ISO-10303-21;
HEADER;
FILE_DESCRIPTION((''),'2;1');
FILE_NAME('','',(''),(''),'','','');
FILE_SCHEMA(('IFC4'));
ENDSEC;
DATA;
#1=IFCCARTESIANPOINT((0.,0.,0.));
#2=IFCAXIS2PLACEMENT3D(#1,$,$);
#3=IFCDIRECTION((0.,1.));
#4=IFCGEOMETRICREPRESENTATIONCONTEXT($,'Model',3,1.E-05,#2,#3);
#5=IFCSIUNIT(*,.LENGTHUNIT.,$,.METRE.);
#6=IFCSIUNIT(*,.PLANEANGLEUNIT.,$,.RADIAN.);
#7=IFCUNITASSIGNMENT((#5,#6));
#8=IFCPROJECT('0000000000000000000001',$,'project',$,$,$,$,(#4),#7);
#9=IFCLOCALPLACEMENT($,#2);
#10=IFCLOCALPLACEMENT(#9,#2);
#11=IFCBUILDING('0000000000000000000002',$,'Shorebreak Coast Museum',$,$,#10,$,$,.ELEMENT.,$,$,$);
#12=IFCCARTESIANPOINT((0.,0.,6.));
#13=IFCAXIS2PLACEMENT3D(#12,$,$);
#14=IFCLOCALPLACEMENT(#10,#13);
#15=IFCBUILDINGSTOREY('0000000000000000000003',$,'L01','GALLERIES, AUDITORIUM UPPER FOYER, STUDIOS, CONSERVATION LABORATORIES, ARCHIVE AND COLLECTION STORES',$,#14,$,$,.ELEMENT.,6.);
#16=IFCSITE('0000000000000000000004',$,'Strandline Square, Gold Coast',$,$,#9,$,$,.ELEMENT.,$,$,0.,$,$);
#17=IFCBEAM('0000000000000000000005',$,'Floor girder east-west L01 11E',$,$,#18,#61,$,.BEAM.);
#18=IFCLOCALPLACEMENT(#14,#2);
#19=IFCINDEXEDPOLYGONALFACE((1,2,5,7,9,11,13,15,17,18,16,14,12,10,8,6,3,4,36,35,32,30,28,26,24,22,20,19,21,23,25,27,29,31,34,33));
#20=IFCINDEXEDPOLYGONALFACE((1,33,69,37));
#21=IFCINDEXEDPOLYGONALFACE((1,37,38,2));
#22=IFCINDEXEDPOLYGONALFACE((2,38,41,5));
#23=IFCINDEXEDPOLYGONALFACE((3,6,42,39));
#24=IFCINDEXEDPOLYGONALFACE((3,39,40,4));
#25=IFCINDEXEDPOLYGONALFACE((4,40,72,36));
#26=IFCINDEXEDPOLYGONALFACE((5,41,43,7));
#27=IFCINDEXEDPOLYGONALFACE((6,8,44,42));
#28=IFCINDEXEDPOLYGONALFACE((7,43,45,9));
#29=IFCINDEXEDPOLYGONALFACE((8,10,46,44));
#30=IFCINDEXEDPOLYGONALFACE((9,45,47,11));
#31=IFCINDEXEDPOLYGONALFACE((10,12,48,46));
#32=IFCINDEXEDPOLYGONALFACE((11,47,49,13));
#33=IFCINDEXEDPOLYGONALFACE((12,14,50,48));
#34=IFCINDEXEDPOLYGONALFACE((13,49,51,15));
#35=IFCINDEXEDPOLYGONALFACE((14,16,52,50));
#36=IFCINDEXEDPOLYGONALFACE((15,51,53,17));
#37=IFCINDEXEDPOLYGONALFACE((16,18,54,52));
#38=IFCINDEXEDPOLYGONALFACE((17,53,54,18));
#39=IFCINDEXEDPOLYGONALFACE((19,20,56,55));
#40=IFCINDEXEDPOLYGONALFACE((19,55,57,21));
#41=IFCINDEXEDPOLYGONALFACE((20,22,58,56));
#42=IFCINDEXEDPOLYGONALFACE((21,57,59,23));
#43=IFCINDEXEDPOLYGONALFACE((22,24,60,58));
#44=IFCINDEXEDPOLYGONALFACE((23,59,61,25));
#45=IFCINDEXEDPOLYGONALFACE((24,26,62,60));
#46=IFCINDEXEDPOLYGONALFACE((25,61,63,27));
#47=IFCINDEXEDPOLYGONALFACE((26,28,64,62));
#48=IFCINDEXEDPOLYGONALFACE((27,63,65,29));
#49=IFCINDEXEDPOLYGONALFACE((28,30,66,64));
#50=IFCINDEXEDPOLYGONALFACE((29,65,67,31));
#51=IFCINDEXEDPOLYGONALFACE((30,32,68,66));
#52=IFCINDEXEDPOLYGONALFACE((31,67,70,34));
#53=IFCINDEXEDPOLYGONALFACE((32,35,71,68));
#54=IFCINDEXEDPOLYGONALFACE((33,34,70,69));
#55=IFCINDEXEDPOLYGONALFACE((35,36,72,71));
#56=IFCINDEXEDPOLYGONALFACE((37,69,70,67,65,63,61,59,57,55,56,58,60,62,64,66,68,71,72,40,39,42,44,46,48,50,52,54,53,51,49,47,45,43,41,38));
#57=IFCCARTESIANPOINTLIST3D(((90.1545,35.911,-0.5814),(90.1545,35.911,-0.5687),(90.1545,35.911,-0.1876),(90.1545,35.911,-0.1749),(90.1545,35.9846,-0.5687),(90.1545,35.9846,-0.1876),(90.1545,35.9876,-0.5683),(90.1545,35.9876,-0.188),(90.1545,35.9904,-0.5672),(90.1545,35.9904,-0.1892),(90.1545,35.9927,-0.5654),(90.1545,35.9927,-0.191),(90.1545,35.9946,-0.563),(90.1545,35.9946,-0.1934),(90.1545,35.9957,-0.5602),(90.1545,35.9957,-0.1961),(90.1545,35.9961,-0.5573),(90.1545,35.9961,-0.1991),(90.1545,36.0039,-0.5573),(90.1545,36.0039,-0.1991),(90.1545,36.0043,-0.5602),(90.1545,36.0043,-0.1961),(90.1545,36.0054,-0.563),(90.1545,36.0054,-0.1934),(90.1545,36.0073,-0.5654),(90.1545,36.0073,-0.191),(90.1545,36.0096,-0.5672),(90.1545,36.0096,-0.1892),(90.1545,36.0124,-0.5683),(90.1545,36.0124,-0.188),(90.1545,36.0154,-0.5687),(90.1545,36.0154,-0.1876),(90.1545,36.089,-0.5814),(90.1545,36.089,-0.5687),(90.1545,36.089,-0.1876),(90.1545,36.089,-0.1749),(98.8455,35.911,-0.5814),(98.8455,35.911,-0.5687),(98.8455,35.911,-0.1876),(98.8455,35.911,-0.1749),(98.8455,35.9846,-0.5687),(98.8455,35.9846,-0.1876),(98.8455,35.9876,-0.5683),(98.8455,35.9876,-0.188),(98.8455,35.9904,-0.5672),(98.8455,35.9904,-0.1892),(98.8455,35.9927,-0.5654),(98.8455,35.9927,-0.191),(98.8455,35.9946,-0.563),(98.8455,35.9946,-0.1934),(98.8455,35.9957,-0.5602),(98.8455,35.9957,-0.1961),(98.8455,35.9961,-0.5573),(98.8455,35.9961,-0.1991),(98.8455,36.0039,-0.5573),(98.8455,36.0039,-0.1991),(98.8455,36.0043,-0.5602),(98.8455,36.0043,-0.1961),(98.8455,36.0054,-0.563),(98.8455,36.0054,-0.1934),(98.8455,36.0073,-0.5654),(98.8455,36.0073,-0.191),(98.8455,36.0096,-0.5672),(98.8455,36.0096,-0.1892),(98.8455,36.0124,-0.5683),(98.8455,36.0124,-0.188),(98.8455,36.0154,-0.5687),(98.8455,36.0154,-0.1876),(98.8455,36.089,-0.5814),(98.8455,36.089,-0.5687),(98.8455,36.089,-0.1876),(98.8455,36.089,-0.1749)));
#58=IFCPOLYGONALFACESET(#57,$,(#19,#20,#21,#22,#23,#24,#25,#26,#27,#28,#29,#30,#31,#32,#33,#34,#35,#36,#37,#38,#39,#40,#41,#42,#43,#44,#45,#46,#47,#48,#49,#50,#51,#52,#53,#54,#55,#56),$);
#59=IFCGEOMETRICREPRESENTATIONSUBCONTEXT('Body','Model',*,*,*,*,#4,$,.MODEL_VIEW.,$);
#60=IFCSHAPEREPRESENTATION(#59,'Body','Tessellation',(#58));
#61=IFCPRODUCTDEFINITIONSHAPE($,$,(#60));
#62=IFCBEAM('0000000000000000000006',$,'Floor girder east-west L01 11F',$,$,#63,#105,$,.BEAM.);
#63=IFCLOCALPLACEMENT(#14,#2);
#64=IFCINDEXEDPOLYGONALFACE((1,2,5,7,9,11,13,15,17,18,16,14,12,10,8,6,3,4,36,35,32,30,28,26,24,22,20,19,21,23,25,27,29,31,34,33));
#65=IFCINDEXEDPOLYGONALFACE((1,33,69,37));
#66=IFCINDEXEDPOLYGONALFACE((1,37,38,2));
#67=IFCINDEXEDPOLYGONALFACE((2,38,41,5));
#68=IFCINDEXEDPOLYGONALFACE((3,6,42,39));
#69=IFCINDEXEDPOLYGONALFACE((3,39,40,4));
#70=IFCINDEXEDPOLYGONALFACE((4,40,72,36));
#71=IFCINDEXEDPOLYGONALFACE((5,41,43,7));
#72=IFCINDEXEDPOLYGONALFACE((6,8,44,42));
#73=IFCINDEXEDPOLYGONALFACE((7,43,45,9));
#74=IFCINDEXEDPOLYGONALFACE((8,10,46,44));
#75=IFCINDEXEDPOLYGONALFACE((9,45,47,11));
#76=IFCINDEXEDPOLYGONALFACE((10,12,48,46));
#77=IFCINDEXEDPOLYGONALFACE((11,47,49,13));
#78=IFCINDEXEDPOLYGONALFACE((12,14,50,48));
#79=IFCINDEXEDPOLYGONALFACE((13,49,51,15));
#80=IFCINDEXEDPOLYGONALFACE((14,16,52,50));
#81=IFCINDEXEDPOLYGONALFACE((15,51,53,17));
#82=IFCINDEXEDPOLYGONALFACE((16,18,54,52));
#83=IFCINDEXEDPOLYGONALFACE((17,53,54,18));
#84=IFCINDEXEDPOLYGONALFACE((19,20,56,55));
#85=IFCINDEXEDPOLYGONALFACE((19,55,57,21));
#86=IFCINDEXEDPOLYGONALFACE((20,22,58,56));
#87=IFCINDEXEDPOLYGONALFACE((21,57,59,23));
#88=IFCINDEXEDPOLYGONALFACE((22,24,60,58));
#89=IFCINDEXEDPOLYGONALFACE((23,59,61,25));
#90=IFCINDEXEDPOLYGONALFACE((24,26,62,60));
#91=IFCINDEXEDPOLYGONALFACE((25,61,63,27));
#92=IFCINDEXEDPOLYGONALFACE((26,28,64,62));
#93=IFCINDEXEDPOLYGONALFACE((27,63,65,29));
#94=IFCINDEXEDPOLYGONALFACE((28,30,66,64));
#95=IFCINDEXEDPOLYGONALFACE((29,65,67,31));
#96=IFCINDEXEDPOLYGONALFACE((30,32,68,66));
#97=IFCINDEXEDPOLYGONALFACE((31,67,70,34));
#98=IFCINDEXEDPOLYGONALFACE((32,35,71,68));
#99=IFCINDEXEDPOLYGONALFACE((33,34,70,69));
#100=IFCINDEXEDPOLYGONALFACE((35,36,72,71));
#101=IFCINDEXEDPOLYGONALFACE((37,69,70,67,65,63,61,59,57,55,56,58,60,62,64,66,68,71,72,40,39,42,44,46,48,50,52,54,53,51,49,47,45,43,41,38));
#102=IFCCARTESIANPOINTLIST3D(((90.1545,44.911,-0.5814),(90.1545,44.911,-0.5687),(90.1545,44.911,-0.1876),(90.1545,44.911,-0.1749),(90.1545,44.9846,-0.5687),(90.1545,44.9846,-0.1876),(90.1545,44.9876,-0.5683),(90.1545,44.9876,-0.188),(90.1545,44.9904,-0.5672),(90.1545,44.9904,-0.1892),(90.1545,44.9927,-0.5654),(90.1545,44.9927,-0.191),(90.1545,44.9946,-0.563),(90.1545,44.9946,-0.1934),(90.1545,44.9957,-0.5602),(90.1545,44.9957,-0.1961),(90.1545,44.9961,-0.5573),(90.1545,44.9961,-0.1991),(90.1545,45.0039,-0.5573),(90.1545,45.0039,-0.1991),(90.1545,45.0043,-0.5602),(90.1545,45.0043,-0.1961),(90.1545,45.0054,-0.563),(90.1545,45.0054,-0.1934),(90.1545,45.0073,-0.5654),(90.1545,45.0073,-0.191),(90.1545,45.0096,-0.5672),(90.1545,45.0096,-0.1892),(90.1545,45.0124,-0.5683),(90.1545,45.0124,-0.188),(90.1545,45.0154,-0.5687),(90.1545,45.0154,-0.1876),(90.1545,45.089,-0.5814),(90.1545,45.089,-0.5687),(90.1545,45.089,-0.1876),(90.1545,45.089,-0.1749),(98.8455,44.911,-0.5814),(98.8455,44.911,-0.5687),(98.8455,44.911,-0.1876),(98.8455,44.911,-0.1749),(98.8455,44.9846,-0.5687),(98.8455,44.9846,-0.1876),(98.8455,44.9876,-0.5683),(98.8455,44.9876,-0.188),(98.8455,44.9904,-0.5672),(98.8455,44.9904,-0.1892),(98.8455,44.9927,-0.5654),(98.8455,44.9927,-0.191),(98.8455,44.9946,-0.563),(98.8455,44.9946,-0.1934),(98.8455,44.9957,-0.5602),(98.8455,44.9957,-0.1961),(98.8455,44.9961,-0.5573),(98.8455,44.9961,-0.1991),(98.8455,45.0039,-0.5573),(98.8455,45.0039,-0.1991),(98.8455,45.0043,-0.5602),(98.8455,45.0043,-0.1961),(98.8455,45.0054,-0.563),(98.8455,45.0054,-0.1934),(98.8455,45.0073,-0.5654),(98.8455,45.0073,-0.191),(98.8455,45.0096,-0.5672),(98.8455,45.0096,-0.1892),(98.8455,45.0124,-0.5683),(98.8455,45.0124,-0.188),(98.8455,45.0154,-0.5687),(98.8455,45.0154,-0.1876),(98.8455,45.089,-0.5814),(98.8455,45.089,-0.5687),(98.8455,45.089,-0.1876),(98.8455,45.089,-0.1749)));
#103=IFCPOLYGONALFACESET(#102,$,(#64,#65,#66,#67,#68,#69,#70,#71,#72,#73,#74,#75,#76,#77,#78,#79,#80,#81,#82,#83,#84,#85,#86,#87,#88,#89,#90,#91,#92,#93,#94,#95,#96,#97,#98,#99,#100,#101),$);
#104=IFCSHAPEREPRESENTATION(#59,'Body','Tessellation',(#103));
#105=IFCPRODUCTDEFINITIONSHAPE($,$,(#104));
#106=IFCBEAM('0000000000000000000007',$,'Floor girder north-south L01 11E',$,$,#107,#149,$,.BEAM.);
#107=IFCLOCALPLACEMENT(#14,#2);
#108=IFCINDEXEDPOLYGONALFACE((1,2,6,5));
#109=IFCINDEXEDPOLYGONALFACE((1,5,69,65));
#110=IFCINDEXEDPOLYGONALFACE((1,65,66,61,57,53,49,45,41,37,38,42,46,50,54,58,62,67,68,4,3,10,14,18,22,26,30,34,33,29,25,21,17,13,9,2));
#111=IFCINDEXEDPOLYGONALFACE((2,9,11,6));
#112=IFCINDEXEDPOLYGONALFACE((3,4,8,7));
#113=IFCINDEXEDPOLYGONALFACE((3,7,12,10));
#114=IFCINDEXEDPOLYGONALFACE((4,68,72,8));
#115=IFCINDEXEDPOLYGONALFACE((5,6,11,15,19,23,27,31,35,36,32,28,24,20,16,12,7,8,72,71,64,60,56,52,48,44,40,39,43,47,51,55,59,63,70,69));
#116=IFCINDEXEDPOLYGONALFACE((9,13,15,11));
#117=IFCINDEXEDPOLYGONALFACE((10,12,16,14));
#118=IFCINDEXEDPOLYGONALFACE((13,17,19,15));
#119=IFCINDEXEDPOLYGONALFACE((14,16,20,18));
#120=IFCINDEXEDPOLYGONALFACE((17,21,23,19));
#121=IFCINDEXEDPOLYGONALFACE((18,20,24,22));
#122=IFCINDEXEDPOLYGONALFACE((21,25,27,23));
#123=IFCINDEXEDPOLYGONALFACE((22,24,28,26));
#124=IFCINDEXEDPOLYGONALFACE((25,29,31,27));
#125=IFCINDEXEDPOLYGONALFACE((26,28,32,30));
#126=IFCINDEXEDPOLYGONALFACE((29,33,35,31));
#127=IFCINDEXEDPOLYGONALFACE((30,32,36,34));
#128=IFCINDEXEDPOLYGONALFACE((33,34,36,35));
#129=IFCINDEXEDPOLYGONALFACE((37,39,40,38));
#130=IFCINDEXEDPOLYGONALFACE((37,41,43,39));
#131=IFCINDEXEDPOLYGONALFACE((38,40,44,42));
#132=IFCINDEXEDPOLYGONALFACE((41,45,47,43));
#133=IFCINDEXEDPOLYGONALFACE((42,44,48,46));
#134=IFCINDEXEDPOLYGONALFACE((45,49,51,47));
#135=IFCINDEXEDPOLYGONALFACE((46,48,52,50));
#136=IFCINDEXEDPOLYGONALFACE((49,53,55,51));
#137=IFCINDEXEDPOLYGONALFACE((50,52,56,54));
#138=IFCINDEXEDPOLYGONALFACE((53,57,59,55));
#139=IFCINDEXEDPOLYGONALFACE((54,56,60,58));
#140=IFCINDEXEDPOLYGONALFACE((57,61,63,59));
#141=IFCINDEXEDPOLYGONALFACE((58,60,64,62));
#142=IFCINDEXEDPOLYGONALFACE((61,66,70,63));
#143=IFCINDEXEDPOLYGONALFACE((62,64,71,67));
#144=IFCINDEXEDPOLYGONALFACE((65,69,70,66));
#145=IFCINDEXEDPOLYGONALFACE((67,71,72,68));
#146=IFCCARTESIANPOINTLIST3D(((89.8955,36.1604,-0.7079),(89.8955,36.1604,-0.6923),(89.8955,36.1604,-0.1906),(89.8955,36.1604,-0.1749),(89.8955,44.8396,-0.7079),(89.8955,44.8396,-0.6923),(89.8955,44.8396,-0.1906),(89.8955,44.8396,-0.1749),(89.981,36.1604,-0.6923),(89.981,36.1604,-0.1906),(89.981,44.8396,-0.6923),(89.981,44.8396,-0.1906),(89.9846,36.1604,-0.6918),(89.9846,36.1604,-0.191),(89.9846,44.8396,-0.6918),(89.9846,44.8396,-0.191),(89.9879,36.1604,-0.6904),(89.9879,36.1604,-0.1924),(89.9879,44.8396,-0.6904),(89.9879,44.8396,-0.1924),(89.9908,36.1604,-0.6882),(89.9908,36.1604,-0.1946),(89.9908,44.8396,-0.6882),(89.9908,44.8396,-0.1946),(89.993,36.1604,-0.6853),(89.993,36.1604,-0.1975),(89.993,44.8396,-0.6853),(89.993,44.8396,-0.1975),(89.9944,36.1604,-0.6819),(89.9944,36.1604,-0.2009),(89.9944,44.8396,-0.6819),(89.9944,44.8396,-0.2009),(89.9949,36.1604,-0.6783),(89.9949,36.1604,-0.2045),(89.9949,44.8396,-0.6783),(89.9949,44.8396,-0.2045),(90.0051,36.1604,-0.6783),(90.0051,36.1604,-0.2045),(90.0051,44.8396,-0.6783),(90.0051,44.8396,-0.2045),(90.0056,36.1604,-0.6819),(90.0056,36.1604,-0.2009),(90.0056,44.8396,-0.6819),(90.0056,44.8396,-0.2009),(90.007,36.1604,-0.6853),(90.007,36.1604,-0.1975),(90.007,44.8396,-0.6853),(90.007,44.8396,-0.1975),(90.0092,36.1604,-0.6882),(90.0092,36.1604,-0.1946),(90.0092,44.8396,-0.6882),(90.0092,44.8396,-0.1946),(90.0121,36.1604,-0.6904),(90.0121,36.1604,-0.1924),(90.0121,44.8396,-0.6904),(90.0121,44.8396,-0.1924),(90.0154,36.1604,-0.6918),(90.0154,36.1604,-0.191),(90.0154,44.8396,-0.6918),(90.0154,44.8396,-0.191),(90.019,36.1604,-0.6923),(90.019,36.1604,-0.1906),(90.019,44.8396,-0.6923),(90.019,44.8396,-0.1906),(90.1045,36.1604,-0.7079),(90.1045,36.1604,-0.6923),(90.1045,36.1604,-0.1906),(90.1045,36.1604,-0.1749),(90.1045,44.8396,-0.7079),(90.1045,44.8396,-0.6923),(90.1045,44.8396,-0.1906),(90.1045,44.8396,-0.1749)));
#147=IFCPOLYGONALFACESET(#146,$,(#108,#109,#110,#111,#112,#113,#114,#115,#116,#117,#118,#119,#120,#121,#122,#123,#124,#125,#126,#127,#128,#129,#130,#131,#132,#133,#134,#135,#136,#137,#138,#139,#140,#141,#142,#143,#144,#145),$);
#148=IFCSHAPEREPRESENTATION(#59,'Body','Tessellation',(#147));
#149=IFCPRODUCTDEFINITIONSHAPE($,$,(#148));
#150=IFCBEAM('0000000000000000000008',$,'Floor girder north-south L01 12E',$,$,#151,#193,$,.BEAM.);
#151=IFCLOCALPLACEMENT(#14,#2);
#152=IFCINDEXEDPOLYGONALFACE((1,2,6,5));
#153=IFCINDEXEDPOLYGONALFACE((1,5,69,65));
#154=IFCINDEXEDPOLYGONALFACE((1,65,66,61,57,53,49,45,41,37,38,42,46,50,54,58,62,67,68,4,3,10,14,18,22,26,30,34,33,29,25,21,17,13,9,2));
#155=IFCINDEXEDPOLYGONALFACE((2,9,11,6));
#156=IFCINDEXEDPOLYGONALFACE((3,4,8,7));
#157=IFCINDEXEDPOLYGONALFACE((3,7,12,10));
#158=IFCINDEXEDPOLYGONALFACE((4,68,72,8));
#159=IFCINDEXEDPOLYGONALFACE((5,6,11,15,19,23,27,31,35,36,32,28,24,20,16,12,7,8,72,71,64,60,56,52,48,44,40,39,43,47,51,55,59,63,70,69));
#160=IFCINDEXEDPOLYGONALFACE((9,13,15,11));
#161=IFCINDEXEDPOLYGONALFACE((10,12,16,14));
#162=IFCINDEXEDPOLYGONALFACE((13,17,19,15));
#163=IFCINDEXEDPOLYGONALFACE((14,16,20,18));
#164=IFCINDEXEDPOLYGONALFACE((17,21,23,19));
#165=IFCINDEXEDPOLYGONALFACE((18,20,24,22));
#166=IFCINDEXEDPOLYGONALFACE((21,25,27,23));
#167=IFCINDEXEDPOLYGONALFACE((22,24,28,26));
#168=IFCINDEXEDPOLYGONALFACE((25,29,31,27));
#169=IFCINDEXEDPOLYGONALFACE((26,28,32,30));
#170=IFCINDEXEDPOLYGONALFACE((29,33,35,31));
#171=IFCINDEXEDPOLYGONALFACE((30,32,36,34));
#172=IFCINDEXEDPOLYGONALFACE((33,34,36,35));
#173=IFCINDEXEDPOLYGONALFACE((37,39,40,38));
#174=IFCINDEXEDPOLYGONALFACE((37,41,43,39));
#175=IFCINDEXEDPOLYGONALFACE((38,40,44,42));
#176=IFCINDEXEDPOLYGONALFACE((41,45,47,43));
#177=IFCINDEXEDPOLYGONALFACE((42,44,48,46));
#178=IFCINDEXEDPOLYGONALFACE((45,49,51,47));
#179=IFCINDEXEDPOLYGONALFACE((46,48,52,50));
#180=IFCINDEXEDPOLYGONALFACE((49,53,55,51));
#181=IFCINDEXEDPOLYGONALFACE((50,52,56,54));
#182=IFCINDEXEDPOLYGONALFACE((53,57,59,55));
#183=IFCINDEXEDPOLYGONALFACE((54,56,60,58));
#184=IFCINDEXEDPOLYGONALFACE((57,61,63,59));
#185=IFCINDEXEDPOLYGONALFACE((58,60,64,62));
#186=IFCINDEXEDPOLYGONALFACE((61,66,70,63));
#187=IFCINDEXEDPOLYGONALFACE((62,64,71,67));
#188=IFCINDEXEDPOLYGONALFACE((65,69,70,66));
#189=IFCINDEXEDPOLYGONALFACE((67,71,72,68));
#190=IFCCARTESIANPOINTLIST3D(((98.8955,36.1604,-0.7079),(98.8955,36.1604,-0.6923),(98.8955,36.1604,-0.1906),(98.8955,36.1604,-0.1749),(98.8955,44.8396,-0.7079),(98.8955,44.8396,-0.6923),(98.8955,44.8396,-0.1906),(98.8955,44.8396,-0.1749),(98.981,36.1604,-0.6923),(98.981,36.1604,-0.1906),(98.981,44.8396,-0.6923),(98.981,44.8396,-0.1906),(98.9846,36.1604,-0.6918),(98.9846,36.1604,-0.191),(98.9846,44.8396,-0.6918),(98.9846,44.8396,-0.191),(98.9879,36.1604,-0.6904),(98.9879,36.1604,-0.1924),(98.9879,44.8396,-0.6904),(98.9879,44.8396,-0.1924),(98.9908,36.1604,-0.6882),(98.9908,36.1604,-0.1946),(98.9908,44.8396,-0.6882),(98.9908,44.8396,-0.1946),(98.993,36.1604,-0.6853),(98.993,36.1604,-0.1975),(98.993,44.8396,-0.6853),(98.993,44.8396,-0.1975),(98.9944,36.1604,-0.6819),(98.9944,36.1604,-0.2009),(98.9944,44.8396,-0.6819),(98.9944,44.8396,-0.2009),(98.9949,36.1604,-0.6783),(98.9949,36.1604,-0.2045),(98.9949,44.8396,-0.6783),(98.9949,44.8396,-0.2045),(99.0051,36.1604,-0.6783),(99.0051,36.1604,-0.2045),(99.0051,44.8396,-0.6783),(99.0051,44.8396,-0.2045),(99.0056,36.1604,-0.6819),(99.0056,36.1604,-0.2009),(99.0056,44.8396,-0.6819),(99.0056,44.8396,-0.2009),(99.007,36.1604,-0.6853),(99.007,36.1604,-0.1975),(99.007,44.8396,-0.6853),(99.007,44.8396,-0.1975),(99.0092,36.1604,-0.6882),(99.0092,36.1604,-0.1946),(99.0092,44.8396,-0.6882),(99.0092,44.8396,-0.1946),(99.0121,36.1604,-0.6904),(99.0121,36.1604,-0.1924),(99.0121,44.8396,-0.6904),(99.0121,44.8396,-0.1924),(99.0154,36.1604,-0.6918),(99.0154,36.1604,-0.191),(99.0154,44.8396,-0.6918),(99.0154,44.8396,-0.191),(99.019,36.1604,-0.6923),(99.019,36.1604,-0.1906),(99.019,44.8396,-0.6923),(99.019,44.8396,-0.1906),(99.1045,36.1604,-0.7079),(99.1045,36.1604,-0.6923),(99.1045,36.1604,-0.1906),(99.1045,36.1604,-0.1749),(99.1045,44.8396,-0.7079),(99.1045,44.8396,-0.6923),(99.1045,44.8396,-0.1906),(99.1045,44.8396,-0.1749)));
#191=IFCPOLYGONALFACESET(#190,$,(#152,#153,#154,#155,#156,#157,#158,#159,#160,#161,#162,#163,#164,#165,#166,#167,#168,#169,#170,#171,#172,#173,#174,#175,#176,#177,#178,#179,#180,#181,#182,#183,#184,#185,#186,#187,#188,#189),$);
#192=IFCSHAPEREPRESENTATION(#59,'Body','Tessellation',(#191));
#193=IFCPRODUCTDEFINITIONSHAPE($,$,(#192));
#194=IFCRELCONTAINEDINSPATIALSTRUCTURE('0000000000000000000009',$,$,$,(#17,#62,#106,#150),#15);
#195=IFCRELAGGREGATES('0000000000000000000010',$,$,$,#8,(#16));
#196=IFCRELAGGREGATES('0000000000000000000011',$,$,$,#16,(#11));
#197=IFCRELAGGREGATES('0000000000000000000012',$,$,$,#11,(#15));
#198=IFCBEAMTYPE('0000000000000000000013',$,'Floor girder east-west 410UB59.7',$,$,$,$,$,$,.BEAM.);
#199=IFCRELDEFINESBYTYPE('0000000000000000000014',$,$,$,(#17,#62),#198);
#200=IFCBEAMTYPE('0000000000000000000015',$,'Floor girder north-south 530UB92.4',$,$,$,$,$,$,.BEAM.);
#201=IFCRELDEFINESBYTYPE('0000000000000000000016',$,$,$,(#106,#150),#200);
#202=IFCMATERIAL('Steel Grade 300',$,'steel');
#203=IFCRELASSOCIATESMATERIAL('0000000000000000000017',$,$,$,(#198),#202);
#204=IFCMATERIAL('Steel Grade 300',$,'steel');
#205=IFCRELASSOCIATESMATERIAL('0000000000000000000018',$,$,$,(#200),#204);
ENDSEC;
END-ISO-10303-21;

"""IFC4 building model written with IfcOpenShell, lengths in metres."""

from ifc_helpers import new_model, si_unit, direction, frame, origin, origin_2d, place, context, subcontext, project, spatial, i_section, extrude, material, material_profile, profile_set, type_object, element, save


model = new_model("IFC4")

# Units and contexts
model_context = context("Model", 3, precision=1e-05, world=origin(), true_north=direction((0.0, 1.0)))
body_context = subcontext(model_context, "Body", "Model", "MODEL_VIEW")
ifc_project = project(units=[si_unit("LENGTHUNIT", "METRE"), si_unit("PLANEANGLEUNIT", "RADIAN")], contexts=[model_context])

# Site, building, storey
site_placement = place(None, origin())
site = spatial("IfcSite", under=ifc_project, at=site_placement, Name="Strandline Square, Gold Coast", CompositionType="ELEMENT", RefElevation=0.0)
building_placement = place(site_placement, origin())
building = spatial("IfcBuilding", under=site, at=building_placement, Name="Shorebreak Coast Museum", CompositionType="ELEMENT")
storey_placement = place(building_placement, frame((0.0, 0.0, 6.0)))
storey = spatial("IfcBuildingStorey", under=building, at=storey_placement, Name="L01", Description="GALLERIES, AUDITORIUM UPPER FOYER, STUDIOS, CONSERVATION LABORATORIES, ARCHIVE AND COLLECTION STORES", CompositionType="ELEMENT", Elevation=6.0)

# Beams
ifc_material_1 = material(Name="Steel Grade 300", Category="steel")
ifc_material_profile_1 = material_profile(ifc_material_1, i_section(OverallWidth=0.178, OverallDepth=0.4065, WebThickness=0.0078, FlangeThickness=0.0127, FilletRadius=0.0115, at=origin_2d()), Name="410UB59.7")
ifc_profile_set_1 = profile_set([ifc_material_profile_1], Name="Steel Grade 300")
beam_type_1 = type_object("IfcBeamType", Name="Floor girder east-west 410UB59.7", PredefinedType="BEAM", material=ifc_profile_set_1)
for number, where, z_axis, x_axis, name in (
    (1, (90.1545, 36.0, -0.3782), (1.0, 0.0, 0.0), (0.0, 1.0, 0.0), "Floor girder east-west L01 11E"),
    (2, (90.1545, 45.0, -0.3782), (1.0, 0.0, 0.0), (0.0, 1.0, 0.0), "Floor girder east-west L01 11F"),
):
    element("IfcBeam", number, at=place(storey_placement, frame(where, z_axis=z_axis, x_axis=x_axis)), inside=storey, type_object=beam_type_1, Name=name, PredefinedType="BEAM", context=body_context, shape_type="SweptSolid", body=[
        extrude(i_section(OverallWidth=0.178, OverallDepth=0.4065, WebThickness=0.0078, FlangeThickness=0.0127, FilletRadius=0.0115, at=origin_2d()), origin(), (0.0, 0.0, 1.0), 8.6909),
    ])
ifc_material_2 = material(Name="Steel Grade 300", Category="steel")
ifc_material_profile_2 = material_profile(ifc_material_2, i_section(OverallWidth=0.209, OverallDepth=0.533, WebThickness=0.0103, FlangeThickness=0.0156, FilletRadius=0.0139, at=origin_2d()), Name="530UB92.4")
ifc_profile_set_2 = profile_set([ifc_material_profile_2], Name="Steel Grade 300")
beam_type_2 = type_object("IfcBeamType", Name="Floor girder north-south 530UB92.4", PredefinedType="BEAM", material=ifc_profile_set_2)
for number, where, z_axis, x_axis, name in (
    (3, (90.0, 36.1604, -0.4414), (0.0, 1.0, 0.0), (-1.0, 0.0, 0.0), "Floor girder north-south L01 11E"),
    (4, (99.0, 36.1604, -0.4414), (0.0, 1.0, 0.0), (-1.0, 0.0, 0.0), "Floor girder north-south L01 12E"),
):
    element("IfcBeam", number, at=place(storey_placement, frame(where, z_axis=z_axis, x_axis=x_axis)), inside=storey, type_object=beam_type_2, Name=name, PredefinedType="BEAM", context=body_context, shape_type="SweptSolid", body=[
        extrude(i_section(OverallWidth=0.209, OverallDepth=0.533, WebThickness=0.0103, FlangeThickness=0.0156, FilletRadius=0.0139, at=origin_2d()), origin(), (0.0, 0.0, 1.0), 8.6792),
    ])

save(model, "model.ifc")
